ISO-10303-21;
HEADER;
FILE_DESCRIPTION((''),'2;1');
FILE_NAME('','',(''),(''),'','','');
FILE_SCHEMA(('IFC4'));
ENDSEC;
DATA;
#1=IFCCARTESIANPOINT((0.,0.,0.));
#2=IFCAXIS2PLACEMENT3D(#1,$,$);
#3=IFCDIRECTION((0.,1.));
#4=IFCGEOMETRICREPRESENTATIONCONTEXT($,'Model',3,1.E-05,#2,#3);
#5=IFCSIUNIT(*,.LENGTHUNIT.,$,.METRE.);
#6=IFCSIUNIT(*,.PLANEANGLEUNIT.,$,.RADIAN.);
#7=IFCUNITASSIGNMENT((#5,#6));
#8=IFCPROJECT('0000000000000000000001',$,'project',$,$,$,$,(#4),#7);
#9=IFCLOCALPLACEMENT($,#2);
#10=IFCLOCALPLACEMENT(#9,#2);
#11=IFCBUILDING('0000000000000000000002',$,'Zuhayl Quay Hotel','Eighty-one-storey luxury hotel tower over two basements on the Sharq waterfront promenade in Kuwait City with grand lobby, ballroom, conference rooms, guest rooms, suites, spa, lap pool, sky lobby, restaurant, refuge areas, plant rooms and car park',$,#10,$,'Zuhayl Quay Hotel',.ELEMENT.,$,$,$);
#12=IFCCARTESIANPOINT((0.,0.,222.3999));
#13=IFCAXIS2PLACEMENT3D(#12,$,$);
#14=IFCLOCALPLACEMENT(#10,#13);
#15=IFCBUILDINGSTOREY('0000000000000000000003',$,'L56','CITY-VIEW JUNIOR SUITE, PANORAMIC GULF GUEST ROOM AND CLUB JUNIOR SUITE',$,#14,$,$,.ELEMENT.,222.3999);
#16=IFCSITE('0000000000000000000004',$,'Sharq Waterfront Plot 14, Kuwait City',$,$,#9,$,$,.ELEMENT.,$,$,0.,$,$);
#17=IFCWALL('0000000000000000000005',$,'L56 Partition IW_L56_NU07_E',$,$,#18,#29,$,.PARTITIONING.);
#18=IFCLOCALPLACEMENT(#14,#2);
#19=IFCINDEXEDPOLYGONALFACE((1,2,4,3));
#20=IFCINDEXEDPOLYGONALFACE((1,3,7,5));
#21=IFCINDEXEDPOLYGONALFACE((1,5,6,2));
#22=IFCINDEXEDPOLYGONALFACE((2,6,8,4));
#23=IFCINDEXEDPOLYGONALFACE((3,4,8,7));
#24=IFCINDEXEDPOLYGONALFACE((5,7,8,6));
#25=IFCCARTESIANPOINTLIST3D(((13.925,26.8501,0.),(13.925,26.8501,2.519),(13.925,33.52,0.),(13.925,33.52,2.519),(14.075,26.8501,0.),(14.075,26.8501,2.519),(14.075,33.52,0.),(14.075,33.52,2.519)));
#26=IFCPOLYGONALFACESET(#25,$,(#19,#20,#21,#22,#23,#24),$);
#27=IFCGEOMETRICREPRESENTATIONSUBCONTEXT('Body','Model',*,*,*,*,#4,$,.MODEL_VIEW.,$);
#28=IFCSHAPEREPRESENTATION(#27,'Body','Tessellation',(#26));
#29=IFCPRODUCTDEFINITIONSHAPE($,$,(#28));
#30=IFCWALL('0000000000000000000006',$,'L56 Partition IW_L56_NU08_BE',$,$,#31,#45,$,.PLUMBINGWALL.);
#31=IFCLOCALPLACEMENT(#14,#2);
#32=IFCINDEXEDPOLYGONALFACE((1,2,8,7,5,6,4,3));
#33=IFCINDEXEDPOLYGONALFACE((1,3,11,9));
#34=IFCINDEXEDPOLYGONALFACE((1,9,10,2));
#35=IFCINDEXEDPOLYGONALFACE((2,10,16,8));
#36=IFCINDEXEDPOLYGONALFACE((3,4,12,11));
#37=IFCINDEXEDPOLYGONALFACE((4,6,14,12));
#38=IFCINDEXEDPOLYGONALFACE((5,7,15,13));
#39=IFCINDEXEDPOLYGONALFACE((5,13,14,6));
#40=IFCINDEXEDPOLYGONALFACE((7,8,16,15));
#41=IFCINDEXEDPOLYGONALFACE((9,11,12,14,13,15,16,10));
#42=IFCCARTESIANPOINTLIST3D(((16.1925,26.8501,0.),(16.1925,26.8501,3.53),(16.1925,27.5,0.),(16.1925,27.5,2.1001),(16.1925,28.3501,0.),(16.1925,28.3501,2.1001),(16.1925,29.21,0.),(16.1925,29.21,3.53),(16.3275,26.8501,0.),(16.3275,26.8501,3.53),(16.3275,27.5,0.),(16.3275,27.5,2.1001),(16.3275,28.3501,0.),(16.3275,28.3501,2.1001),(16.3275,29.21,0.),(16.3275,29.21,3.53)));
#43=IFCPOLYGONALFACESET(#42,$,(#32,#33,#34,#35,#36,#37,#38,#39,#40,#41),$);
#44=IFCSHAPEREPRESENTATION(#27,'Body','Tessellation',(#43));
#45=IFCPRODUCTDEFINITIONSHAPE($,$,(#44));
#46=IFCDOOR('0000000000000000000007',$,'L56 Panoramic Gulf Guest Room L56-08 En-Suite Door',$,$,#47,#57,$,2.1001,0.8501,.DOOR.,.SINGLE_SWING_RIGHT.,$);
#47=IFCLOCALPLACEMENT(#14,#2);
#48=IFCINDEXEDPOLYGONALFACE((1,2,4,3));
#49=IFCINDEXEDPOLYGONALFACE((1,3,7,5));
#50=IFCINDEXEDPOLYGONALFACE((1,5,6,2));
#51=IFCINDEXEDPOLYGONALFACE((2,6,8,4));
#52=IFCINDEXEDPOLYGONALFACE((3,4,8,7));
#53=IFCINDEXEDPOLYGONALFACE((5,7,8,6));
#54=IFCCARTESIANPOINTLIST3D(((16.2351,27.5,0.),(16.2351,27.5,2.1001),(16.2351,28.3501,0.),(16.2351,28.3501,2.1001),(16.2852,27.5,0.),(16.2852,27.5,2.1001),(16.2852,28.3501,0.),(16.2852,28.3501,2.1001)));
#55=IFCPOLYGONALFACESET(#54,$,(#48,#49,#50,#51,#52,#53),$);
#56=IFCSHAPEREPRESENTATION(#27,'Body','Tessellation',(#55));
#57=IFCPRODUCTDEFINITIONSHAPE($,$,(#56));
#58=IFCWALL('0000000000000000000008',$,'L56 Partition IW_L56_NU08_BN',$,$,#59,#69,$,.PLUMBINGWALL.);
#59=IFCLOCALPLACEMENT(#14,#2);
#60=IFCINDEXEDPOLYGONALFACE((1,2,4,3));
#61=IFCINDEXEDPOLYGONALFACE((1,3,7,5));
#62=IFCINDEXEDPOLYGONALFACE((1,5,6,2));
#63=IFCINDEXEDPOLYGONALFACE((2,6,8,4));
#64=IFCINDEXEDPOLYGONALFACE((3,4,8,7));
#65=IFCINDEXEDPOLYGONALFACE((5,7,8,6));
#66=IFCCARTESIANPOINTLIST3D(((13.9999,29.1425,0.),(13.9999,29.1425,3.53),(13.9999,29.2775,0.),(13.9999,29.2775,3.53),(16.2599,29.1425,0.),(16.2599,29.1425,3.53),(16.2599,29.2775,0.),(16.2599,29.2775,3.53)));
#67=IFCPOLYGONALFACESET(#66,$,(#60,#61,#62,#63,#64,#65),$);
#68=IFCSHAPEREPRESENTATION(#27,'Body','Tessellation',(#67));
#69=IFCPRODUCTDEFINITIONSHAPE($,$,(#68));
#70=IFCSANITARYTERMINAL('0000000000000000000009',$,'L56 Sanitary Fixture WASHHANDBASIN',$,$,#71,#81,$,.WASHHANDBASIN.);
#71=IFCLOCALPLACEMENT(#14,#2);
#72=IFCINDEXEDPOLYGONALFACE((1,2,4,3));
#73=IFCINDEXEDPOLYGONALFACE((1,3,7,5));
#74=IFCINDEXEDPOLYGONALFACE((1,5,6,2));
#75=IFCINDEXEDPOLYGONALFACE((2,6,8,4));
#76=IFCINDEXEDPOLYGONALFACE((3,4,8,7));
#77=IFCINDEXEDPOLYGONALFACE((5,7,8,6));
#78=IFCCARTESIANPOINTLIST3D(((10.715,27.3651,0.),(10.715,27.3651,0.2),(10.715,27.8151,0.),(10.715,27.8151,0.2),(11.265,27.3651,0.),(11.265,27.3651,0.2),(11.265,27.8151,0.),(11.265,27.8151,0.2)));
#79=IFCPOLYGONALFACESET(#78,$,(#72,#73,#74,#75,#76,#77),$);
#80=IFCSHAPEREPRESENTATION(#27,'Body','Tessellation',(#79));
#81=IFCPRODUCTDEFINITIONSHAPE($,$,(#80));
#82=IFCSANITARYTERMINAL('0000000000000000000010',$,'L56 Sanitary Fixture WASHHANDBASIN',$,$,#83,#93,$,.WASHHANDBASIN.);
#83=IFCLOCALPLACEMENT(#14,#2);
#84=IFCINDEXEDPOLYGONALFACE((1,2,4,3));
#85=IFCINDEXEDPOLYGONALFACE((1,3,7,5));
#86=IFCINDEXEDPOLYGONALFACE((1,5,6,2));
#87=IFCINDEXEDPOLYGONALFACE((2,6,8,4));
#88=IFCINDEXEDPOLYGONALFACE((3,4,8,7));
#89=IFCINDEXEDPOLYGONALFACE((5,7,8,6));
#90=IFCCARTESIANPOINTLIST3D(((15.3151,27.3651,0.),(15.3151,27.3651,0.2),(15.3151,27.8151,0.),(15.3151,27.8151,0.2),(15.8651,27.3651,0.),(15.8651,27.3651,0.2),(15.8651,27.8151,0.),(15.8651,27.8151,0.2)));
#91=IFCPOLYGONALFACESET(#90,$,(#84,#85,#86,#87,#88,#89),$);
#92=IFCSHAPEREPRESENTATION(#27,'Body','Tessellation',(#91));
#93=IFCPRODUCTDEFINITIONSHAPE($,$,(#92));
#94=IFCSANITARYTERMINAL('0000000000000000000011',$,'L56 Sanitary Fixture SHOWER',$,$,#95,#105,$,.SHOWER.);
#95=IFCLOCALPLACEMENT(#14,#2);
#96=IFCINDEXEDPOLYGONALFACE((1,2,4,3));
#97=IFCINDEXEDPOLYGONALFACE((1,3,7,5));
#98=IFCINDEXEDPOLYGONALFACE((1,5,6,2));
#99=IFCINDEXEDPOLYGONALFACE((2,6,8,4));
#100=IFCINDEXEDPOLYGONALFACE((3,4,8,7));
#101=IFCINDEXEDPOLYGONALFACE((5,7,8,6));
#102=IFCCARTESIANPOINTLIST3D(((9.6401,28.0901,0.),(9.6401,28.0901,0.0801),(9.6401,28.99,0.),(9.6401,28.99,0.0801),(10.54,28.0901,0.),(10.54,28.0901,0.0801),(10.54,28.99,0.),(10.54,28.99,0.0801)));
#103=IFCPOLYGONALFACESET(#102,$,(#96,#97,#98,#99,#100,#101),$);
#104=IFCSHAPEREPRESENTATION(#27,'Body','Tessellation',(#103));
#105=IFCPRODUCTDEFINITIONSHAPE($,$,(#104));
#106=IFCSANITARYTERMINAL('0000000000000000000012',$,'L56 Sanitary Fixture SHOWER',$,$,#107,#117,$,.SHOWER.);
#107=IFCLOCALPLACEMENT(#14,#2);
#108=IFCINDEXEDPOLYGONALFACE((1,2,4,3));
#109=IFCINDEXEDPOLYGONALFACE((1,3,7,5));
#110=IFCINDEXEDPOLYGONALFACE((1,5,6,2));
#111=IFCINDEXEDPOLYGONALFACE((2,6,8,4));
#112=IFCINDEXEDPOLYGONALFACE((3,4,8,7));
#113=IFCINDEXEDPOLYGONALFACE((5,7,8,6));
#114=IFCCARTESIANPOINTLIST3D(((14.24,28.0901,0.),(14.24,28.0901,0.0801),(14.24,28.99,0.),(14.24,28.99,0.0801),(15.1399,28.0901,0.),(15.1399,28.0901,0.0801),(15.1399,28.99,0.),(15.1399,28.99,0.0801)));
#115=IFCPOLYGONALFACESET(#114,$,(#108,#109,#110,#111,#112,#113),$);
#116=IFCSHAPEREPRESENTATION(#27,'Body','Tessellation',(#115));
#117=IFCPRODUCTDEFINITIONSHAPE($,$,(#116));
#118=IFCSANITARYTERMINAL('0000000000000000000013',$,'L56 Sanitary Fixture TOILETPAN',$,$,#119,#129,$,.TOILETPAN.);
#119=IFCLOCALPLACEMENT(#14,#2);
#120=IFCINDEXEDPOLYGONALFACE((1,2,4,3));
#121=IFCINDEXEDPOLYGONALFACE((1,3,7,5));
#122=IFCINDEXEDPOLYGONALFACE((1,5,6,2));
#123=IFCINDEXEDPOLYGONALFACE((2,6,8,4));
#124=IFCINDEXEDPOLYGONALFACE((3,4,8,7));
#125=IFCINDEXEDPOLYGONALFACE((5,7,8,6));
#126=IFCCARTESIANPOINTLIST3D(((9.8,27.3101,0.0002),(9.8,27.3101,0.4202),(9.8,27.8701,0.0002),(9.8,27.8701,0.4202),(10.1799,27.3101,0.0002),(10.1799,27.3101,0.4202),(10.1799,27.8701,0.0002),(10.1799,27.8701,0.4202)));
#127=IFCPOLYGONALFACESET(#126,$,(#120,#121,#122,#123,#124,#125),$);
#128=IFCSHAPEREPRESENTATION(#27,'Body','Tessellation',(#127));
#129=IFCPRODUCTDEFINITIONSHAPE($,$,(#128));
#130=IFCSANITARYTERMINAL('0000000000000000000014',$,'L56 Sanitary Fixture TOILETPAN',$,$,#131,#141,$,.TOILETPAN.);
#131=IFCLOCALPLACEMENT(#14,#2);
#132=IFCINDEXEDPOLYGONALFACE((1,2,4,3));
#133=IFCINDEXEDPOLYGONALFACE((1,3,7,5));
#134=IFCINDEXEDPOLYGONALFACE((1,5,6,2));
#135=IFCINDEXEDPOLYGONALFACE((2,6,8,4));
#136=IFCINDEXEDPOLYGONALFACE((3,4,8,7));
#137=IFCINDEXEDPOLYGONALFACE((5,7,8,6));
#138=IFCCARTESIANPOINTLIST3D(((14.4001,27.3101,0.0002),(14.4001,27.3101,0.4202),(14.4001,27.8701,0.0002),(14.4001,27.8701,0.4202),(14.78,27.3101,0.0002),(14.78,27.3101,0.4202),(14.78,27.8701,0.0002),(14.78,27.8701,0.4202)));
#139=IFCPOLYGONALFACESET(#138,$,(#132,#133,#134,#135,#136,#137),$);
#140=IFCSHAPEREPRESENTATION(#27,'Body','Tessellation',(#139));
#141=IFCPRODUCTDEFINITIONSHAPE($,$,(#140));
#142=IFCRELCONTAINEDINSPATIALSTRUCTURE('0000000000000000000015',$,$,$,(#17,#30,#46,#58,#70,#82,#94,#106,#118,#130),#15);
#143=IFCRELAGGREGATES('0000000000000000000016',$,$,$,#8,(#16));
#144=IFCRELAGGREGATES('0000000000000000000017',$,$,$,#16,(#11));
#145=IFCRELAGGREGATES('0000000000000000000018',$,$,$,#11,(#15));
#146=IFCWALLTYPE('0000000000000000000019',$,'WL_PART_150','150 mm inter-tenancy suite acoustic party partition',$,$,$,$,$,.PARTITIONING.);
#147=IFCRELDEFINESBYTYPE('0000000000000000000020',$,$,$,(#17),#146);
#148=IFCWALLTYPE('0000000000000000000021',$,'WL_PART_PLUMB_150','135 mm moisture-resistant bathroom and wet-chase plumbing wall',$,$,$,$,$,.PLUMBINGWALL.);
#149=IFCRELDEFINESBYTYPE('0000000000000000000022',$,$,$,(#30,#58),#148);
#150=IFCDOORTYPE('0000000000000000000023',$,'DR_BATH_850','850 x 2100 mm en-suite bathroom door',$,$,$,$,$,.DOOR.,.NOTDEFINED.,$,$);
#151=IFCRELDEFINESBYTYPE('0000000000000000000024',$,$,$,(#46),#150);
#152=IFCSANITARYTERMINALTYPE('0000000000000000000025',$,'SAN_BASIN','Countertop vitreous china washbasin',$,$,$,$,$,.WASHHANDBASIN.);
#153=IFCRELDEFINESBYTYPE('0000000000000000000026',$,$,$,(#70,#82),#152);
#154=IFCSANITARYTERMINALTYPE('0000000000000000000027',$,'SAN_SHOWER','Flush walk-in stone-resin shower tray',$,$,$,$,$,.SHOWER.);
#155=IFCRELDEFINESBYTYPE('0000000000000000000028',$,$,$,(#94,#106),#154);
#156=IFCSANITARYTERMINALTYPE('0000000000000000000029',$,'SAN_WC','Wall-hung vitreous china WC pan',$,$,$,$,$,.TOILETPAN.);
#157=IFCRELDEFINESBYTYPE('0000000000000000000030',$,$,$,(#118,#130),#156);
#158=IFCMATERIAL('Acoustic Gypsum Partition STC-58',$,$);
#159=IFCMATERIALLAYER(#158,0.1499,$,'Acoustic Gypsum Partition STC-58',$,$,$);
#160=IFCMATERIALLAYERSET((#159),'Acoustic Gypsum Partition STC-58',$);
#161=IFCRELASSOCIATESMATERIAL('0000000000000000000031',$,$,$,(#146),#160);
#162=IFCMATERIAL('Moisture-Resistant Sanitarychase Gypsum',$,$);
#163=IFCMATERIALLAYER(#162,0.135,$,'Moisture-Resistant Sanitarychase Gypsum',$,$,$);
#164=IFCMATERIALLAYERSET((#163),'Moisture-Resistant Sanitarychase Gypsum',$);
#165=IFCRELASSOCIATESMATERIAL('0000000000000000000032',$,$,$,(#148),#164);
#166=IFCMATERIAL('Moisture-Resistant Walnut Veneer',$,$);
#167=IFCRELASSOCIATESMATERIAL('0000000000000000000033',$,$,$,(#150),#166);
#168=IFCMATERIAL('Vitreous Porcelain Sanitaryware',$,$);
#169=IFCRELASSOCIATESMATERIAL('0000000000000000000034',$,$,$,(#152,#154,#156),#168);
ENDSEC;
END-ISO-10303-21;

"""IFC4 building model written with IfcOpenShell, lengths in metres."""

from ifc_helpers import new_model, si_unit, direction, frame, frame_2d, origin, origin_2d, place, context, subcontext, project, spatial, rectangle, extrude, material, layer, layer_set, type_object, element, fill, save


model = new_model("IFC4")

# Units and contexts
model_context = context("Model", 3, precision=1e-05, world=origin(), true_north=direction((0.0, 1.0)))
body_context = subcontext(model_context, "Body", "Model", "MODEL_VIEW")
ifc_project = project(units=[si_unit("LENGTHUNIT", "METRE"), si_unit("PLANEANGLEUNIT", "RADIAN")], contexts=[model_context])

# Site, building, storey
site_placement = place(None, origin())
site = spatial("IfcSite", under=ifc_project, at=site_placement, Name="Sharq Waterfront Plot 14, Kuwait City", CompositionType="ELEMENT", RefElevation=0.0)
building_placement = place(site_placement, origin())
building = spatial("IfcBuilding", under=site, at=building_placement, Name="Zuhayl Quay Hotel", Description="Eighty-one-storey luxury hotel tower over two basements on the Sharq waterfront promenade in Kuwait City with grand lobby, ballroom, conference rooms, guest rooms, suites, spa, lap pool, sky lobby, restaurant, refuge areas, plant rooms and car park", LongName="Zuhayl Quay Hotel", CompositionType="ELEMENT")
storey_placement = place(building_placement, frame((0.0, 0.0, 222.3999)))
storey = spatial("IfcBuildingStorey", under=building, at=storey_placement, Name="L56", Description="CITY-VIEW JUNIOR SUITE, PANORAMIC GULF GUEST ROOM AND CLUB JUNIOR SUITE", CompositionType="ELEMENT", Elevation=222.3999)

# Wall
ifc_material_1 = material(Name="Acoustic Gypsum Partition STC-58")
ifc_layer_1 = layer(ifc_material_1, 0.1499, Name="Acoustic Gypsum Partition STC-58")
ifc_layer_set_1 = layer_set([ifc_layer_1], Name="Acoustic Gypsum Partition STC-58")
wall_type_1 = type_object("IfcWallType", Name="WL_PART_150", Description="150 mm inter-tenancy suite acoustic party partition", PredefinedType="PARTITIONING", material=ifc_layer_set_1)
wall_1_placement = place(storey_placement, frame((14.0, 26.8501, 0.0), z_axis=(0.0, 0.0, 1.0), x_axis=(0.0, 1.0, 0.0)))
element("IfcWall", 1, at=wall_1_placement, inside=storey, type_object=wall_type_1, Name="L56 Partition IW_L56_NU07_E", PredefinedType="PARTITIONING", context=body_context, shape_type="SweptSolid", body=[
    extrude(rectangle(XDim=6.6699, YDim=0.1499, at=frame_2d((3.335, 0.0))), origin(), (0.0, 0.0, 1.0), 2.519),
])

# Wall, opening, door
ifc_material_2 = material(Name="Moisture-Resistant Sanitarychase Gypsum")
ifc_layer_2 = layer(ifc_material_2, 0.135, Name="Moisture-Resistant Sanitarychase Gypsum")
ifc_layer_set_2 = layer_set([ifc_layer_2], Name="Moisture-Resistant Sanitarychase Gypsum")
wall_type_2 = type_object("IfcWallType", Name="WL_PART_PLUMB_150", Description="135 mm moisture-resistant bathroom and wet-chase plumbing wall", PredefinedType="PLUMBINGWALL", material=ifc_layer_set_2)
wall_2_placement = place(storey_placement, frame((16.26, 26.8501, 0.0), z_axis=(0.0, 0.0, 1.0), x_axis=(0.0, 1.0, 0.0)))
wall_2 = element("IfcWall", 2, at=wall_2_placement, inside=storey, type_object=wall_type_2, Name="L56 Partition IW_L56_NU08_BE", PredefinedType="PLUMBINGWALL", context=body_context, shape_type="SweptSolid", body=[
    extrude(rectangle(XDim=2.3599, YDim=0.135, at=frame_2d((1.1799, 0.0))), origin(), (0.0, 0.0, 1.0), 3.53),
])
opening_1_placement = place(wall_2_placement, frame((0.6499, 0.0, 0.0)))
opening_1 = element("IfcOpeningElement", 3, at=opening_1_placement, cuts=wall_2, PredefinedType="OPENING", context=body_context, shape_type="SweptSolid", body=[
    extrude(rectangle(XDim=0.8501, YDim=2.1001, at=frame_2d((0.425, 1.05))), frame((0.0, 0.0774, 0.0), z_axis=(0.0, -1.0, 0.0), x_axis=(1.0, 0.0, 0.0)), (0.0, 0.0, 1.0), 0.155),
])
ifc_material_3 = material(Name="Moisture-Resistant Walnut Veneer")
door_type = type_object("IfcDoorType", Name="DR_BATH_850", Description="850 x 2100 mm en-suite bathroom door", OperationType="NOTDEFINED", PredefinedType="DOOR", material=ifc_material_3)
door_placement = place(opening_1_placement, origin())
door = element("IfcDoor", 4, at=door_placement, inside=storey, type_object=door_type, Name="L56 Panoramic Gulf Guest Room L56-08 En-Suite Door", OperationType="SINGLE_SWING_RIGHT", OverallHeight=2.1001, OverallWidth=0.8501, PredefinedType="DOOR", context=body_context, shape_type="SweptSolid", body=[
    extrude(rectangle(XDim=0.8501, YDim=2.1001, at=frame_2d((0.425, 1.05))), frame((0.0, 0.0249, 0.0), z_axis=(0.0, -1.0, 0.0), x_axis=(1.0, 0.0, 0.0)), (0.0, 0.0, 1.0), 0.05),
])
fill(opening_1, door)

# Wall
wall_3_placement = place(storey_placement, frame((14.0, 29.21, 0.0), z_axis=(0.0, 0.0, 1.0), x_axis=(1.0, 0.0, 0.0)))
element("IfcWall", 5, at=wall_3_placement, inside=storey, type_object=wall_type_2, Name="L56 Partition IW_L56_NU08_BN", PredefinedType="PLUMBINGWALL", context=body_context, shape_type="SweptSolid", body=[
    extrude(rectangle(XDim=2.26, YDim=0.135, at=frame_2d((1.1299, 0.0))), origin(), (0.0, 0.0, 1.0), 3.53),
])

# Sanitary terminals
ifc_material_4 = material(Name="Vitreous Porcelain Sanitaryware")
sanitary_terminal_type_1 = type_object("IfcSanitaryTerminalType", Name="SAN_BASIN", Description="Countertop vitreous china washbasin", PredefinedType="WASHHANDBASIN", material=ifc_material_4)
for number, where, z_axis, x_axis, name in (
    (6, (10.99, 27.5901, 0.0), (0.0, 0.0, 1.0), (1.0, 0.0, 0.0), "L56 Sanitary Fixture WASHHANDBASIN"),
    (7, (15.5901, 27.5901, 0.0), (0.0, 0.0, 1.0), (1.0, 0.0, 0.0), "L56 Sanitary Fixture WASHHANDBASIN"),
):
    element("IfcSanitaryTerminal", number, at=place(storey_placement, frame(where, z_axis=z_axis, x_axis=x_axis)), inside=storey, type_object=sanitary_terminal_type_1, Name=name, PredefinedType="WASHHANDBASIN", context=body_context, shape_type="SweptSolid", body=[
        extrude(rectangle(XDim=0.55, YDim=0.45, at=origin_2d()), origin(), (0.0, 0.0, 1.0), 0.2),
    ])
sanitary_terminal_type_2 = type_object("IfcSanitaryTerminalType", Name="SAN_SHOWER", Description="Flush walk-in stone-resin shower tray", PredefinedType="SHOWER", material=ifc_material_4)
for number, where, z_axis, x_axis, name in (
    (8, (10.0901, 28.54, 0.0), (0.0, 0.0, 1.0), (1.0, 0.0, 0.0), "L56 Sanitary Fixture SHOWER"),
    (9, (14.6899, 28.54, 0.0), (0.0, 0.0, 1.0), (1.0, 0.0, 0.0), "L56 Sanitary Fixture SHOWER"),
):
    element("IfcSanitaryTerminal", number, at=place(storey_placement, frame(where, z_axis=z_axis, x_axis=x_axis)), inside=storey, type_object=sanitary_terminal_type_2, Name=name, PredefinedType="SHOWER", context=body_context, shape_type="SweptSolid", body=[
        extrude(rectangle(XDim=0.8999, YDim=0.8999, at=origin_2d()), origin(), (0.0, 0.0, 1.0), 0.0801),
    ])
sanitary_terminal_type_3 = type_object("IfcSanitaryTerminalType", Name="SAN_WC", Description="Wall-hung vitreous china WC pan", PredefinedType="TOILETPAN", material=ifc_material_4)
for number, where, z_axis, x_axis, name in (
    (10, (9.99, 27.5901, 0.0002), (0.0, 0.0, 1.0), (1.0, 0.0, 0.0), "L56 Sanitary Fixture TOILETPAN"),
    (11, (14.5901, 27.5901, 0.0002), (0.0, 0.0, 1.0), (1.0, 0.0, 0.0), "L56 Sanitary Fixture TOILETPAN"),
):
    element("IfcSanitaryTerminal", number, at=place(storey_placement, frame(where, z_axis=z_axis, x_axis=x_axis)), inside=storey, type_object=sanitary_terminal_type_3, Name=name, PredefinedType="TOILETPAN", context=body_context, shape_type="SweptSolid", body=[
        extrude(rectangle(XDim=0.3799, YDim=0.5601, at=origin_2d()), origin(), (0.0, 0.0, 1.0), 0.4199),
    ])

save(model, "model.ifc")
